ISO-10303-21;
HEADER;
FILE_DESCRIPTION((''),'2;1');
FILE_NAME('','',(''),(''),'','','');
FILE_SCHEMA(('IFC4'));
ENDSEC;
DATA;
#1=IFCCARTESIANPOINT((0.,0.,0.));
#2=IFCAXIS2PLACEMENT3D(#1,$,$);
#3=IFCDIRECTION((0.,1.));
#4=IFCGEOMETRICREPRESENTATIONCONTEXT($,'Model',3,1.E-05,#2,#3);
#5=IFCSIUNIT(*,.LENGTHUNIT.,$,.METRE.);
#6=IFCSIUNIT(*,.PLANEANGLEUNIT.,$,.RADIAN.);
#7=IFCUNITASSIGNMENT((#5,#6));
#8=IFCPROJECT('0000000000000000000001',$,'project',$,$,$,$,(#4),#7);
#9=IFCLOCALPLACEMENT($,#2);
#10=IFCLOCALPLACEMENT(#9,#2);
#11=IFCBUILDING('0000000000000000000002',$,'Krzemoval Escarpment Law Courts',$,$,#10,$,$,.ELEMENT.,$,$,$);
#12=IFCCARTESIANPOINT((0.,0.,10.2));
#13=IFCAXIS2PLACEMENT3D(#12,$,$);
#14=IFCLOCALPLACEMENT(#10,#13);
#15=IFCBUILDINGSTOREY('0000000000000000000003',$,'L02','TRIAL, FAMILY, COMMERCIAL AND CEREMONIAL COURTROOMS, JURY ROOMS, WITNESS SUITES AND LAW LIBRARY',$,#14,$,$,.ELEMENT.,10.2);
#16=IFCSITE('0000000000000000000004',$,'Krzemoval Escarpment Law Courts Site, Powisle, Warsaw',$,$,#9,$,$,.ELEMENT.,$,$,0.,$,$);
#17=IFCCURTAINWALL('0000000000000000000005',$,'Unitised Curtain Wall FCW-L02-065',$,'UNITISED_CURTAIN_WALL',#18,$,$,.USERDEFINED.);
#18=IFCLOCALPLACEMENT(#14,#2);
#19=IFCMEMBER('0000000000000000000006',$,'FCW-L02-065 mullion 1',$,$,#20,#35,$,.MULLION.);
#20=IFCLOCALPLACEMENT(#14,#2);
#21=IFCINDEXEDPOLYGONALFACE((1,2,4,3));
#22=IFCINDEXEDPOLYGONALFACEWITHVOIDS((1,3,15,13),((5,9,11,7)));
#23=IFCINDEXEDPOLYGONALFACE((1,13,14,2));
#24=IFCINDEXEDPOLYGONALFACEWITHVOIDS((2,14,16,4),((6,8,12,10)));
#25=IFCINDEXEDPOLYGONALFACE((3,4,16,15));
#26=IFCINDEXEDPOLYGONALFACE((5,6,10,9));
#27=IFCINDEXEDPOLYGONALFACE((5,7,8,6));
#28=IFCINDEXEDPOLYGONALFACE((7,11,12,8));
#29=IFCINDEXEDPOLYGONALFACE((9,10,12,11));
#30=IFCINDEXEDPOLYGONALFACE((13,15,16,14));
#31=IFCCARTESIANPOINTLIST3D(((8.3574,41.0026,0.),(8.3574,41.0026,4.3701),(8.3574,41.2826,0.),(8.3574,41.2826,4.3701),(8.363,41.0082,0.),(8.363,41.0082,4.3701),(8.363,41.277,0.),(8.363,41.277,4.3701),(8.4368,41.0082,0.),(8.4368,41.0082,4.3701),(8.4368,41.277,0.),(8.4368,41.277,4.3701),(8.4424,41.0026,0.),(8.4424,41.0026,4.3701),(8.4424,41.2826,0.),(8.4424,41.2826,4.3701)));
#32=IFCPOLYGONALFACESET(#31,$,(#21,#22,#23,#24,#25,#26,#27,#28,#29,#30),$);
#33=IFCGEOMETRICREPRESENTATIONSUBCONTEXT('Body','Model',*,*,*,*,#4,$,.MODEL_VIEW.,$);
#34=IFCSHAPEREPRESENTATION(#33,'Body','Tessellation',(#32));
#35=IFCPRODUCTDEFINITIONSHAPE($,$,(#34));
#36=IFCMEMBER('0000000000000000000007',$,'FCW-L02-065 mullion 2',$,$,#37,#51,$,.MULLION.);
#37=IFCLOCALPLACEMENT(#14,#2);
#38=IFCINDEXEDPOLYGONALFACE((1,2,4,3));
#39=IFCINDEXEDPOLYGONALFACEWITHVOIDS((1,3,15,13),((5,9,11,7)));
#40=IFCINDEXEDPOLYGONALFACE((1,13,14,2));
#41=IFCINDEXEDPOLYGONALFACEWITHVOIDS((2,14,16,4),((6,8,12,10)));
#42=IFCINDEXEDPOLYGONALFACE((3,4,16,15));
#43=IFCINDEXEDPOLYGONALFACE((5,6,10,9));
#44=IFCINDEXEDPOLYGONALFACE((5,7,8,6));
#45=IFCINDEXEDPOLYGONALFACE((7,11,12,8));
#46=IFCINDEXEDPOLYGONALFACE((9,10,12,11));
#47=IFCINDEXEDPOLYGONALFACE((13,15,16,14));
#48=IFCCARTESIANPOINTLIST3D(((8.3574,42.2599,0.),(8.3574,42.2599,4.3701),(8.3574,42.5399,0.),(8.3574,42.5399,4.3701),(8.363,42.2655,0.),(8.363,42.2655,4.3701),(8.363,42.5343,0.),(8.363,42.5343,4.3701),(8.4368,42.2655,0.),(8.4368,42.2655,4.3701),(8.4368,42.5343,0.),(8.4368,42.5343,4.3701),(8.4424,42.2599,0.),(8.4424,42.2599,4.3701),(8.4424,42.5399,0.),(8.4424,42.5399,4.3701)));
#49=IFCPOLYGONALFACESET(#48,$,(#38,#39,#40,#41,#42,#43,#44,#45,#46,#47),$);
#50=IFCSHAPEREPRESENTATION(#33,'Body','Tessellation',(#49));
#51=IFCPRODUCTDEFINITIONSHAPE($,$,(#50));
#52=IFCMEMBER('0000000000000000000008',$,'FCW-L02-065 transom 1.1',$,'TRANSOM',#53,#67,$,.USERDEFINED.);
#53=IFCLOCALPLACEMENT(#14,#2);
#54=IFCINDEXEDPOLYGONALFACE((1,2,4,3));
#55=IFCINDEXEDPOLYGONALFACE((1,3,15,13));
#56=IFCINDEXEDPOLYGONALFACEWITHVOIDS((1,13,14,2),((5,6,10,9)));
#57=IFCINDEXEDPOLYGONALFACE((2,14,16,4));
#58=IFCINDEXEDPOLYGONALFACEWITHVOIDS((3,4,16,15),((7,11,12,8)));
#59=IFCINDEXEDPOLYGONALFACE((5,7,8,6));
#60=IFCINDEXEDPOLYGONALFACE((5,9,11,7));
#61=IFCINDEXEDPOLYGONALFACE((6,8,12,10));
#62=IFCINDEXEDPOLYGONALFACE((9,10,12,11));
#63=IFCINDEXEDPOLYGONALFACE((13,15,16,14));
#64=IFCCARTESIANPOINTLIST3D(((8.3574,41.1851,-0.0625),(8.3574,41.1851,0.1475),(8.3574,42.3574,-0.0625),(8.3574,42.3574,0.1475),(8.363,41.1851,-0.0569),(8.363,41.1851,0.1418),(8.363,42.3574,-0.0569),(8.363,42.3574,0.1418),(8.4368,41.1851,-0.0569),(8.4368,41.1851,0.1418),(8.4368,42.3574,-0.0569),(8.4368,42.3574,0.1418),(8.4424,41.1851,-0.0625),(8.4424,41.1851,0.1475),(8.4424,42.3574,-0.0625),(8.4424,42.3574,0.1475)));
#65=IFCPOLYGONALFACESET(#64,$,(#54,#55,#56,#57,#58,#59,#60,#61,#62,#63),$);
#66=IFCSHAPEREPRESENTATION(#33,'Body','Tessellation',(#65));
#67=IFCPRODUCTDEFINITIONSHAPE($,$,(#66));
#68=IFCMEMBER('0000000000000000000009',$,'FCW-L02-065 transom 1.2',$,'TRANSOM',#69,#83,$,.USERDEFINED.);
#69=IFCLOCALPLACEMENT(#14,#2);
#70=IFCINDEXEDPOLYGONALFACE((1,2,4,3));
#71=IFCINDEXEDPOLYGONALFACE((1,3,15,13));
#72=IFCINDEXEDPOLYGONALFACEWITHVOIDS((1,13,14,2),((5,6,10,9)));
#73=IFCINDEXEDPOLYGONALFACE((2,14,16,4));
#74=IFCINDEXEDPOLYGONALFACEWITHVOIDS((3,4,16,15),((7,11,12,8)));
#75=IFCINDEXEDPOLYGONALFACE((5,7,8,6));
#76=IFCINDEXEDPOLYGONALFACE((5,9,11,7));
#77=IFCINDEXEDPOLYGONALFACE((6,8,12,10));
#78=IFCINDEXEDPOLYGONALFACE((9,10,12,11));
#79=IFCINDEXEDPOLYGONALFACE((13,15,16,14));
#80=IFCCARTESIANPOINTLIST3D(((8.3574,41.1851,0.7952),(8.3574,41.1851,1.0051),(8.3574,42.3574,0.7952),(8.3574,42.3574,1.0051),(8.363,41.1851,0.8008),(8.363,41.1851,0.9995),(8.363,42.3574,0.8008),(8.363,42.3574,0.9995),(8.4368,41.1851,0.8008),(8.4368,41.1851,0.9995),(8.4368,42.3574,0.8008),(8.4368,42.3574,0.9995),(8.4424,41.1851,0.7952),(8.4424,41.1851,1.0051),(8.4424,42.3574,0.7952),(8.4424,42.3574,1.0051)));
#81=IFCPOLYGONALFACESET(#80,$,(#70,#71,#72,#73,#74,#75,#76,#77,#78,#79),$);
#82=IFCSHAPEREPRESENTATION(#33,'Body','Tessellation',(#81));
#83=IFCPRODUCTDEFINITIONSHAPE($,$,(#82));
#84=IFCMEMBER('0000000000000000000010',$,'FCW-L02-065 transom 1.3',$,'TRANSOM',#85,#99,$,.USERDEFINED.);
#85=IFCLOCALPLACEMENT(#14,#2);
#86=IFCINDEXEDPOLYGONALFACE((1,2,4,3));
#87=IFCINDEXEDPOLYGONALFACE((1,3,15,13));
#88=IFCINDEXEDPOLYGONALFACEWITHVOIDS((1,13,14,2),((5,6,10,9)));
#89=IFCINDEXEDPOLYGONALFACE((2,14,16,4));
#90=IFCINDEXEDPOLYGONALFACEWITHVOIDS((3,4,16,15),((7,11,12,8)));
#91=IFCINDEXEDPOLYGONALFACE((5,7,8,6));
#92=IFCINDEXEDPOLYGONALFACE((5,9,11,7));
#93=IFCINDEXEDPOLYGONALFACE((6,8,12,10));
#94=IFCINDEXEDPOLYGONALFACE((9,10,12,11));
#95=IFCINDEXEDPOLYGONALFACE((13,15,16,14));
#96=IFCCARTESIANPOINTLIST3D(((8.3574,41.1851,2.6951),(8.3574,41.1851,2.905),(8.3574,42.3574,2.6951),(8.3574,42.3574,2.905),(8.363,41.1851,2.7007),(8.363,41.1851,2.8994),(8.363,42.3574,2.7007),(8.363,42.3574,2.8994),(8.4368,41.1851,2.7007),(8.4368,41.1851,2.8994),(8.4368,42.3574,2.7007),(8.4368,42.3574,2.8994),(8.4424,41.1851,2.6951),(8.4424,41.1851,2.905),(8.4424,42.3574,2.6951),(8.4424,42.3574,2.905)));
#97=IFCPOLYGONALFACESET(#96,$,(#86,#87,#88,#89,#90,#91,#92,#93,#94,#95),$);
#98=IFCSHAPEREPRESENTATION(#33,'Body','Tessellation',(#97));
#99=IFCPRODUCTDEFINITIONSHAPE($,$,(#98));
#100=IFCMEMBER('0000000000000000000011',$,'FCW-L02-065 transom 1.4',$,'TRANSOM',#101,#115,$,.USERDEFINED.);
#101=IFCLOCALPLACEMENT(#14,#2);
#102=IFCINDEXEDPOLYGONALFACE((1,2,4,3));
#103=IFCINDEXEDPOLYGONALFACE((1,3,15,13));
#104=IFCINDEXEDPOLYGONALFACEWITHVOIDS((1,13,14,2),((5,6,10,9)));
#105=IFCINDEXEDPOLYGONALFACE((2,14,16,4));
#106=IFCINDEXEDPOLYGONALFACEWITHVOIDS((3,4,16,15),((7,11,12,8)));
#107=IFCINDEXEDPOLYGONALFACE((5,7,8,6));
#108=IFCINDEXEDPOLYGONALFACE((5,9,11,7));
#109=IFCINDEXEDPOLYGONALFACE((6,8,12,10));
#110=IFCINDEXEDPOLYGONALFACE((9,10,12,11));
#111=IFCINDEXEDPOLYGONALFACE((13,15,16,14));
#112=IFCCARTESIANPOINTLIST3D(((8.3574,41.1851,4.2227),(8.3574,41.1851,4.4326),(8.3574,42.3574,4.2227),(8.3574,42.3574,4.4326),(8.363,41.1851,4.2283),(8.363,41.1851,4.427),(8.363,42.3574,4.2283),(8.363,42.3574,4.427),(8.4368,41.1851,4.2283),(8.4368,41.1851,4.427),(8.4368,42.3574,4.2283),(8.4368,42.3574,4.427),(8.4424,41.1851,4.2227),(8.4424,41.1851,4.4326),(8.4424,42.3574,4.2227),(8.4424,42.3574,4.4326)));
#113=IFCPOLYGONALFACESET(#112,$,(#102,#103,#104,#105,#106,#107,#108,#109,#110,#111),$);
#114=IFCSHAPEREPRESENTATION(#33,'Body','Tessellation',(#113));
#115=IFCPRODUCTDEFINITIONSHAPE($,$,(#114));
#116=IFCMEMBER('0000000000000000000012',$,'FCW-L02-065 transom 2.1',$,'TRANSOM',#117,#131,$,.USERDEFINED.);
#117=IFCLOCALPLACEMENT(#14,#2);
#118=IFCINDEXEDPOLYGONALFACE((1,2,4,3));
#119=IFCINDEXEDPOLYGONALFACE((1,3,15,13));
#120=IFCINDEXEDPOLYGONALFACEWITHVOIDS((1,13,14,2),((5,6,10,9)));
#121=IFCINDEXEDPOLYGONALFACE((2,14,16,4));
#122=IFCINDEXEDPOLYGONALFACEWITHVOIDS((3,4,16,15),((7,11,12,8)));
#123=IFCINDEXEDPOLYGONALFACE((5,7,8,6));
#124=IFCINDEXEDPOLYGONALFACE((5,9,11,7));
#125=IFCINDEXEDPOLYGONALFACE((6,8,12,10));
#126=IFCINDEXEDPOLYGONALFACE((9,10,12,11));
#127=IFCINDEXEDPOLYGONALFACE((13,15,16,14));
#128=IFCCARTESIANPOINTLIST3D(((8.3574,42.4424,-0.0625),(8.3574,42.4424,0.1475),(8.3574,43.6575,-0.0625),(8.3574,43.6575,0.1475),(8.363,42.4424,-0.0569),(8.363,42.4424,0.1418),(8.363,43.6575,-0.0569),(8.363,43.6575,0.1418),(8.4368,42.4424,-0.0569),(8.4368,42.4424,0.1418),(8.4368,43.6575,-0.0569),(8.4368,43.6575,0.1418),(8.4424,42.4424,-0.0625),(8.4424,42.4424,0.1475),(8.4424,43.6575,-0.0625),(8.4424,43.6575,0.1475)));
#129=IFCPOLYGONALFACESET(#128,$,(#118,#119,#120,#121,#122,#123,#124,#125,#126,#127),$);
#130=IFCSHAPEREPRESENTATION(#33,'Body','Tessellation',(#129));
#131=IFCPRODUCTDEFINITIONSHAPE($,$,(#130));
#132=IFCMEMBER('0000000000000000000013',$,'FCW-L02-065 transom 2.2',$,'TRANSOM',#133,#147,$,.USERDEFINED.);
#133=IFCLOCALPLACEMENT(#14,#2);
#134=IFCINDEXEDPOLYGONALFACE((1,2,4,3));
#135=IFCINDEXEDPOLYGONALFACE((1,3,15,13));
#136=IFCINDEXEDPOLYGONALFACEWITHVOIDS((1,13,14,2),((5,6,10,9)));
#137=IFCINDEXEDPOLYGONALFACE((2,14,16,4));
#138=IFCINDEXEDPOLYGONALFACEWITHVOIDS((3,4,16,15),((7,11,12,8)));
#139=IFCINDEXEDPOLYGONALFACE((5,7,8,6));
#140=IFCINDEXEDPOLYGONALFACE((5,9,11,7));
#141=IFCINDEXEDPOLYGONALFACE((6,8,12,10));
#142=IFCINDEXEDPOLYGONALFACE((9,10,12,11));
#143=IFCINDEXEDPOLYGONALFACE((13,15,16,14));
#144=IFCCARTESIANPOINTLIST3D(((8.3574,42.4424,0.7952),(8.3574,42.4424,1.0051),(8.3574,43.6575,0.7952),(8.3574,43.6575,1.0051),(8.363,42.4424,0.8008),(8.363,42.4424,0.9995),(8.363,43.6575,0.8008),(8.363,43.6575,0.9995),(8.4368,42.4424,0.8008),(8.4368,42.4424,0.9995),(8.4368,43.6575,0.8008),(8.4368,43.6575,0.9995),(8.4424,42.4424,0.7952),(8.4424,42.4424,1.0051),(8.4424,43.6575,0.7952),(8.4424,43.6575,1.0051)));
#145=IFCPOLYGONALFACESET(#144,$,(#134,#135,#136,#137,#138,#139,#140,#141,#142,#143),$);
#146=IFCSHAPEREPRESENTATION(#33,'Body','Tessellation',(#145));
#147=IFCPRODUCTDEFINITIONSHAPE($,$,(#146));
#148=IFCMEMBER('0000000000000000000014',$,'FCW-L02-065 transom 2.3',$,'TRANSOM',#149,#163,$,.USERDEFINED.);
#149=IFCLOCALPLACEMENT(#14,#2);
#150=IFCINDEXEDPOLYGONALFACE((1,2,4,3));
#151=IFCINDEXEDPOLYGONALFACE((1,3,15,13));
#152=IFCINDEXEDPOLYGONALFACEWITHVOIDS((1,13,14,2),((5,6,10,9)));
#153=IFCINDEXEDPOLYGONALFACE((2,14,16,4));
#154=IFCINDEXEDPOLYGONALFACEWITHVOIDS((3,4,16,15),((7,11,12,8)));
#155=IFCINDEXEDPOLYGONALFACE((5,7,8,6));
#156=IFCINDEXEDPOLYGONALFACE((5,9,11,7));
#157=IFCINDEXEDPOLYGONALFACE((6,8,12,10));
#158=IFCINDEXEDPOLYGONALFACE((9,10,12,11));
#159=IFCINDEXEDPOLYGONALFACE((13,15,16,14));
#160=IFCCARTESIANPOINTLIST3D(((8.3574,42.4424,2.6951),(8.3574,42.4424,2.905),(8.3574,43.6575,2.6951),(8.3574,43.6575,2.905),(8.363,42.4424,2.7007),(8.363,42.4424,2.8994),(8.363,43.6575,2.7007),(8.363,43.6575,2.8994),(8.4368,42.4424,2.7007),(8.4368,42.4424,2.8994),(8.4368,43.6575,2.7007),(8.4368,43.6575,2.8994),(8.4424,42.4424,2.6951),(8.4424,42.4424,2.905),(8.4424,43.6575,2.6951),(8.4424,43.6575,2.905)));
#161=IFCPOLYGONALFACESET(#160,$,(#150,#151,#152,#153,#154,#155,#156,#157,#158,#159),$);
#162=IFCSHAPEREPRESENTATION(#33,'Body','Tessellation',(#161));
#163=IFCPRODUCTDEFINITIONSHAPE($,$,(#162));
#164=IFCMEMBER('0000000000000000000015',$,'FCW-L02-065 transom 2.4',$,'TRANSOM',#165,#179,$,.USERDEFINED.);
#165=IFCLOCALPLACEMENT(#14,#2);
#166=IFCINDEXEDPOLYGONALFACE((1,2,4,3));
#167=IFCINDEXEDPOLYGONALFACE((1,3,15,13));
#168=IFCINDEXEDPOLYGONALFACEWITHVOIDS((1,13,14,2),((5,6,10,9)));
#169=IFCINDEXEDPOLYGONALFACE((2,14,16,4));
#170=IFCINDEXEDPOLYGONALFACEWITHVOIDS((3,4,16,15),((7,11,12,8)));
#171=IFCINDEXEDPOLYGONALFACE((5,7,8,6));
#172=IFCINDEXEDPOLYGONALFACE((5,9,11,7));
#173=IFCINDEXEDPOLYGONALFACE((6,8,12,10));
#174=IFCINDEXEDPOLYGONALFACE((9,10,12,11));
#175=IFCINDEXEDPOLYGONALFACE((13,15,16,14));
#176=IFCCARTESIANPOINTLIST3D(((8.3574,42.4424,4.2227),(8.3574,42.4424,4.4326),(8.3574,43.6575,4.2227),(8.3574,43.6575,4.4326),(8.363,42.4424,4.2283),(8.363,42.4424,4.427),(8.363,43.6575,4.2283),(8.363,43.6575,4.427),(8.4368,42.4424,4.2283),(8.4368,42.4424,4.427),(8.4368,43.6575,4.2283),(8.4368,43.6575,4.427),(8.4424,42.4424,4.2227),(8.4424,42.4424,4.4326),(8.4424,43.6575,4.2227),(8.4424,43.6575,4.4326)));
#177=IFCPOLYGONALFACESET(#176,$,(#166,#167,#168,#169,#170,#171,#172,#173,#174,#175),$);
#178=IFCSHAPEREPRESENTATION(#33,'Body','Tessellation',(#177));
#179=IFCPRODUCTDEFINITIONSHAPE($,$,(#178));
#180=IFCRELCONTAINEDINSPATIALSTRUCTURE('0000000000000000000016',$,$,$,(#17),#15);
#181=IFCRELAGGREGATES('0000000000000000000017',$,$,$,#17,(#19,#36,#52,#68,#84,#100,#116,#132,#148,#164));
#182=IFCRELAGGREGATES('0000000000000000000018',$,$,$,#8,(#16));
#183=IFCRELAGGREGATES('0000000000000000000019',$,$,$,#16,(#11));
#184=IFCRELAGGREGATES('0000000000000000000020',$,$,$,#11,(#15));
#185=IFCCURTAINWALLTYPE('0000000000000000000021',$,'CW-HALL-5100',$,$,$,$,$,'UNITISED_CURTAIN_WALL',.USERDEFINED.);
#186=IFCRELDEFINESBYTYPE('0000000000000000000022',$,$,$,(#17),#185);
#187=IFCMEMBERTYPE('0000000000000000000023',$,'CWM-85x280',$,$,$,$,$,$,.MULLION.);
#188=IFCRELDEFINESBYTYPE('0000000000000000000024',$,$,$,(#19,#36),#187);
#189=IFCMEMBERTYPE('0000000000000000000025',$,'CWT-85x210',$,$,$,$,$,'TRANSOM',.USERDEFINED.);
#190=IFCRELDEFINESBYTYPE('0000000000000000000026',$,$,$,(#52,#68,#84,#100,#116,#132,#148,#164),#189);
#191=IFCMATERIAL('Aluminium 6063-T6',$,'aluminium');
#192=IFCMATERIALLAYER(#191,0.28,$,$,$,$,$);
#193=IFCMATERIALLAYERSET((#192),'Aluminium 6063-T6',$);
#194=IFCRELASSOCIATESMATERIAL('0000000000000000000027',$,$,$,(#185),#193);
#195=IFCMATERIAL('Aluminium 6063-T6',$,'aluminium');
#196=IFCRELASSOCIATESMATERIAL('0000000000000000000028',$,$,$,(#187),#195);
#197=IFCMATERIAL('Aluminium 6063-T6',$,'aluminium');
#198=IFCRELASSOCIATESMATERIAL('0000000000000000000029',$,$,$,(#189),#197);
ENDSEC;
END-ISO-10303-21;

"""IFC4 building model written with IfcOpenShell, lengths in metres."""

from ifc_helpers import new_model, si_unit, direction, frame, origin, origin_2d, place, context, subcontext, project, spatial, hollow_rectangle, extrude, material, layer, layer_set, material_profile, profile_set, type_object, element, aggregate, save


model = new_model("IFC4")

# Units and contexts
model_context = context("Model", 3, precision=1e-05, world=origin(), true_north=direction((0.0, 1.0)))
body_context = subcontext(model_context, "Body", "Model", "MODEL_VIEW")
ifc_project = project(units=[si_unit("LENGTHUNIT", "METRE"), si_unit("PLANEANGLEUNIT", "RADIAN")], contexts=[model_context])

# Site, building, storey
site_placement = place(None, origin())
site = spatial("IfcSite", under=ifc_project, at=site_placement, Name="Krzemoval Escarpment Law Courts Site, Powisle, Warsaw", CompositionType="ELEMENT", RefElevation=0.0)
building_placement = place(site_placement, origin())
building = spatial("IfcBuilding", under=site, at=building_placement, Name="Krzemoval Escarpment Law Courts", CompositionType="ELEMENT")
storey_placement = place(building_placement, frame((0.0, 0.0, 10.2)))
storey = spatial("IfcBuildingStorey", under=building, at=storey_placement, Name="L02", Description="TRIAL, FAMILY, COMMERCIAL AND CEREMONIAL COURTROOMS, JURY ROOMS, WITNESS SUITES AND LAW LIBRARY", CompositionType="ELEMENT", Elevation=10.2)

# Curtain wall, members
ifc_material_1 = material(Name="Aluminium 6063-T6", Category="aluminium")
ifc_layer_1 = layer(ifc_material_1, 0.28)
ifc_layer_set_1 = layer_set([ifc_layer_1], Name="Aluminium 6063-T6")
curtain_wall_type = type_object("IfcCurtainWallType", Name="CW-HALL-5100", ElementType="UNITISED_CURTAIN_WALL", PredefinedType="USERDEFINED", material=ifc_layer_set_1)
curtain_wall_placement = place(storey_placement, origin())
curtain_wall = element("IfcCurtainWall", 1, at=curtain_wall_placement, inside=storey, type_object=curtain_wall_type, Name="Unitised Curtain Wall FCW-L02-065", ObjectType="UNITISED_CURTAIN_WALL", PredefinedType="USERDEFINED")
ifc_material_2 = material(Name="Aluminium 6063-T6", Category="aluminium")
ifc_material_profile_1 = material_profile(ifc_material_2, hollow_rectangle(XDim=0.085, YDim=0.28, WallThickness=0.0056, at=origin_2d()), Name="ALU M85x280")
ifc_profile_set_1 = profile_set([ifc_material_profile_1], Name="Aluminium 6063-T6")
member_type_1 = type_object("IfcMemberType", Name="CWM-85x280", PredefinedType="MULLION", material=ifc_profile_set_1)
member_1_placement = place(storey_placement, frame((8.3999, 41.1426, 0.0), z_axis=(0.0, 0.0, 1.0), x_axis=(-1.0, 0.0, 0.0)))
member_1 = element("IfcMember", 2, at=member_1_placement, type_object=member_type_1, Name="FCW-L02-065 mullion 1", PredefinedType="MULLION", context=body_context, shape_type="SweptSolid", body=[
    extrude(hollow_rectangle(XDim=0.085, YDim=0.28, WallThickness=0.0056, at=origin_2d()), origin(), (0.0, 0.0, 1.0), 4.3701),
])
member_2_placement = place(storey_placement, frame((8.3999, 42.3999, 0.0), z_axis=(0.0, 0.0, 1.0), x_axis=(-1.0, 0.0, 0.0)))
member_2 = element("IfcMember", 3, at=member_2_placement, type_object=member_type_1, Name="FCW-L02-065 mullion 2", PredefinedType="MULLION", context=body_context, shape_type="SweptSolid", body=[
    extrude(hollow_rectangle(XDim=0.085, YDim=0.28, WallThickness=0.0056, at=origin_2d()), origin(), (0.0, 0.0, 1.0), 4.3701),
])
ifc_material_3 = material(Name="Aluminium 6063-T6", Category="aluminium")
ifc_material_profile_2 = material_profile(ifc_material_3, hollow_rectangle(XDim=0.085, YDim=0.21, WallThickness=0.0056, at=origin_2d()), Name="ALU T85x210")
ifc_profile_set_2 = profile_set([ifc_material_profile_2], Name="Aluminium 6063-T6")
member_type_2 = type_object("IfcMemberType", Name="CWT-85x210", ElementType="TRANSOM", PredefinedType="USERDEFINED", material=ifc_profile_set_2)
member_3_placement = place(storey_placement, frame((8.3999, 41.1851, 0.0425), z_axis=(0.0, 1.0, 0.0), x_axis=(-1.0, 0.0, 0.0)))
member_3 = element("IfcMember", 4, at=member_3_placement, type_object=member_type_2, Name="FCW-L02-065 transom 1.1", ObjectType="TRANSOM", PredefinedType="USERDEFINED", context=body_context, shape_type="SweptSolid", body=[
    extrude(hollow_rectangle(XDim=0.085, YDim=0.21, WallThickness=0.0056, at=origin_2d()), origin(), (0.0, 0.0, 1.0), 1.1724),
])
member_4_placement = place(storey_placement, frame((8.3999, 41.1851, 0.9001), z_axis=(0.0, 1.0, 0.0), x_axis=(-1.0, 0.0, 0.0)))
member_4 = element("IfcMember", 5, at=member_4_placement, type_object=member_type_2, Name="FCW-L02-065 transom 1.2", ObjectType="TRANSOM", PredefinedType="USERDEFINED", context=body_context, shape_type="SweptSolid", body=[
    extrude(hollow_rectangle(XDim=0.085, YDim=0.21, WallThickness=0.0056, at=origin_2d()), origin(), (0.0, 0.0, 1.0), 1.1724),
])
member_5_placement = place(storey_placement, frame((8.3999, 41.1851, 2.8), z_axis=(0.0, 1.0, 0.0), x_axis=(-1.0, 0.0, 0.0)))
member_5 = element("IfcMember", 6, at=member_5_placement, type_object=member_type_2, Name="FCW-L02-065 transom 1.3", ObjectType="TRANSOM", PredefinedType="USERDEFINED", context=body_context, shape_type="SweptSolid", body=[
    extrude(hollow_rectangle(XDim=0.085, YDim=0.21, WallThickness=0.0056, at=origin_2d()), origin(), (0.0, 0.0, 1.0), 1.1724),
])
member_6_placement = place(storey_placement, frame((8.3999, 41.1851, 4.3276), z_axis=(0.0, 1.0, 0.0), x_axis=(-1.0, 0.0, 0.0)))
member_6 = element("IfcMember", 7, at=member_6_placement, type_object=member_type_2, Name="FCW-L02-065 transom 1.4", ObjectType="TRANSOM", PredefinedType="USERDEFINED", context=body_context, shape_type="SweptSolid", body=[
    extrude(hollow_rectangle(XDim=0.085, YDim=0.21, WallThickness=0.0056, at=origin_2d()), origin(), (0.0, 0.0, 1.0), 1.1724),
])
member_7_placement = place(storey_placement, frame((8.3999, 42.4424, 0.0425), z_axis=(0.0, 1.0, 0.0), x_axis=(-1.0, 0.0, 0.0)))
member_7 = element("IfcMember", 8, at=member_7_placement, type_object=member_type_2, Name="FCW-L02-065 transom 2.1", ObjectType="TRANSOM", PredefinedType="USERDEFINED", context=body_context, shape_type="SweptSolid", body=[
    extrude(hollow_rectangle(XDim=0.085, YDim=0.21, WallThickness=0.0056, at=origin_2d()), origin(), (0.0, 0.0, 1.0), 1.2151),
])
member_8_placement = place(storey_placement, frame((8.3999, 42.4424, 0.9001), z_axis=(0.0, 1.0, 0.0), x_axis=(-1.0, 0.0, 0.0)))
member_8 = element("IfcMember", 9, at=member_8_placement, type_object=member_type_2, Name="FCW-L02-065 transom 2.2", ObjectType="TRANSOM", PredefinedType="USERDEFINED", context=body_context, shape_type="SweptSolid", body=[
    extrude(hollow_rectangle(XDim=0.085, YDim=0.21, WallThickness=0.0056, at=origin_2d()), origin(), (0.0, 0.0, 1.0), 1.2151),
])
member_9_placement = place(storey_placement, frame((8.3999, 42.4424, 2.8), z_axis=(0.0, 1.0, 0.0), x_axis=(-1.0, 0.0, 0.0)))
member_9 = element("IfcMember", 10, at=member_9_placement, type_object=member_type_2, Name="FCW-L02-065 transom 2.3", ObjectType="TRANSOM", PredefinedType="USERDEFINED", context=body_context, shape_type="SweptSolid", body=[
    extrude(hollow_rectangle(XDim=0.085, YDim=0.21, WallThickness=0.0056, at=origin_2d()), origin(), (0.0, 0.0, 1.0), 1.2151),
])
member_10_placement = place(storey_placement, frame((8.3999, 42.4424, 4.3276), z_axis=(0.0, 1.0, 0.0), x_axis=(-1.0, 0.0, 0.0)))
member_10 = element("IfcMember", 11, at=member_10_placement, type_object=member_type_2, Name="FCW-L02-065 transom 2.4", ObjectType="TRANSOM", PredefinedType="USERDEFINED", context=body_context, shape_type="SweptSolid", body=[
    extrude(hollow_rectangle(XDim=0.085, YDim=0.21, WallThickness=0.0056, at=origin_2d()), origin(), (0.0, 0.0, 1.0), 1.2151),
])

aggregate(curtain_wall, [member_1, member_2, member_3, member_4, member_5, member_6, member_7, member_8, member_9, member_10])

save(model, "model.ifc")
